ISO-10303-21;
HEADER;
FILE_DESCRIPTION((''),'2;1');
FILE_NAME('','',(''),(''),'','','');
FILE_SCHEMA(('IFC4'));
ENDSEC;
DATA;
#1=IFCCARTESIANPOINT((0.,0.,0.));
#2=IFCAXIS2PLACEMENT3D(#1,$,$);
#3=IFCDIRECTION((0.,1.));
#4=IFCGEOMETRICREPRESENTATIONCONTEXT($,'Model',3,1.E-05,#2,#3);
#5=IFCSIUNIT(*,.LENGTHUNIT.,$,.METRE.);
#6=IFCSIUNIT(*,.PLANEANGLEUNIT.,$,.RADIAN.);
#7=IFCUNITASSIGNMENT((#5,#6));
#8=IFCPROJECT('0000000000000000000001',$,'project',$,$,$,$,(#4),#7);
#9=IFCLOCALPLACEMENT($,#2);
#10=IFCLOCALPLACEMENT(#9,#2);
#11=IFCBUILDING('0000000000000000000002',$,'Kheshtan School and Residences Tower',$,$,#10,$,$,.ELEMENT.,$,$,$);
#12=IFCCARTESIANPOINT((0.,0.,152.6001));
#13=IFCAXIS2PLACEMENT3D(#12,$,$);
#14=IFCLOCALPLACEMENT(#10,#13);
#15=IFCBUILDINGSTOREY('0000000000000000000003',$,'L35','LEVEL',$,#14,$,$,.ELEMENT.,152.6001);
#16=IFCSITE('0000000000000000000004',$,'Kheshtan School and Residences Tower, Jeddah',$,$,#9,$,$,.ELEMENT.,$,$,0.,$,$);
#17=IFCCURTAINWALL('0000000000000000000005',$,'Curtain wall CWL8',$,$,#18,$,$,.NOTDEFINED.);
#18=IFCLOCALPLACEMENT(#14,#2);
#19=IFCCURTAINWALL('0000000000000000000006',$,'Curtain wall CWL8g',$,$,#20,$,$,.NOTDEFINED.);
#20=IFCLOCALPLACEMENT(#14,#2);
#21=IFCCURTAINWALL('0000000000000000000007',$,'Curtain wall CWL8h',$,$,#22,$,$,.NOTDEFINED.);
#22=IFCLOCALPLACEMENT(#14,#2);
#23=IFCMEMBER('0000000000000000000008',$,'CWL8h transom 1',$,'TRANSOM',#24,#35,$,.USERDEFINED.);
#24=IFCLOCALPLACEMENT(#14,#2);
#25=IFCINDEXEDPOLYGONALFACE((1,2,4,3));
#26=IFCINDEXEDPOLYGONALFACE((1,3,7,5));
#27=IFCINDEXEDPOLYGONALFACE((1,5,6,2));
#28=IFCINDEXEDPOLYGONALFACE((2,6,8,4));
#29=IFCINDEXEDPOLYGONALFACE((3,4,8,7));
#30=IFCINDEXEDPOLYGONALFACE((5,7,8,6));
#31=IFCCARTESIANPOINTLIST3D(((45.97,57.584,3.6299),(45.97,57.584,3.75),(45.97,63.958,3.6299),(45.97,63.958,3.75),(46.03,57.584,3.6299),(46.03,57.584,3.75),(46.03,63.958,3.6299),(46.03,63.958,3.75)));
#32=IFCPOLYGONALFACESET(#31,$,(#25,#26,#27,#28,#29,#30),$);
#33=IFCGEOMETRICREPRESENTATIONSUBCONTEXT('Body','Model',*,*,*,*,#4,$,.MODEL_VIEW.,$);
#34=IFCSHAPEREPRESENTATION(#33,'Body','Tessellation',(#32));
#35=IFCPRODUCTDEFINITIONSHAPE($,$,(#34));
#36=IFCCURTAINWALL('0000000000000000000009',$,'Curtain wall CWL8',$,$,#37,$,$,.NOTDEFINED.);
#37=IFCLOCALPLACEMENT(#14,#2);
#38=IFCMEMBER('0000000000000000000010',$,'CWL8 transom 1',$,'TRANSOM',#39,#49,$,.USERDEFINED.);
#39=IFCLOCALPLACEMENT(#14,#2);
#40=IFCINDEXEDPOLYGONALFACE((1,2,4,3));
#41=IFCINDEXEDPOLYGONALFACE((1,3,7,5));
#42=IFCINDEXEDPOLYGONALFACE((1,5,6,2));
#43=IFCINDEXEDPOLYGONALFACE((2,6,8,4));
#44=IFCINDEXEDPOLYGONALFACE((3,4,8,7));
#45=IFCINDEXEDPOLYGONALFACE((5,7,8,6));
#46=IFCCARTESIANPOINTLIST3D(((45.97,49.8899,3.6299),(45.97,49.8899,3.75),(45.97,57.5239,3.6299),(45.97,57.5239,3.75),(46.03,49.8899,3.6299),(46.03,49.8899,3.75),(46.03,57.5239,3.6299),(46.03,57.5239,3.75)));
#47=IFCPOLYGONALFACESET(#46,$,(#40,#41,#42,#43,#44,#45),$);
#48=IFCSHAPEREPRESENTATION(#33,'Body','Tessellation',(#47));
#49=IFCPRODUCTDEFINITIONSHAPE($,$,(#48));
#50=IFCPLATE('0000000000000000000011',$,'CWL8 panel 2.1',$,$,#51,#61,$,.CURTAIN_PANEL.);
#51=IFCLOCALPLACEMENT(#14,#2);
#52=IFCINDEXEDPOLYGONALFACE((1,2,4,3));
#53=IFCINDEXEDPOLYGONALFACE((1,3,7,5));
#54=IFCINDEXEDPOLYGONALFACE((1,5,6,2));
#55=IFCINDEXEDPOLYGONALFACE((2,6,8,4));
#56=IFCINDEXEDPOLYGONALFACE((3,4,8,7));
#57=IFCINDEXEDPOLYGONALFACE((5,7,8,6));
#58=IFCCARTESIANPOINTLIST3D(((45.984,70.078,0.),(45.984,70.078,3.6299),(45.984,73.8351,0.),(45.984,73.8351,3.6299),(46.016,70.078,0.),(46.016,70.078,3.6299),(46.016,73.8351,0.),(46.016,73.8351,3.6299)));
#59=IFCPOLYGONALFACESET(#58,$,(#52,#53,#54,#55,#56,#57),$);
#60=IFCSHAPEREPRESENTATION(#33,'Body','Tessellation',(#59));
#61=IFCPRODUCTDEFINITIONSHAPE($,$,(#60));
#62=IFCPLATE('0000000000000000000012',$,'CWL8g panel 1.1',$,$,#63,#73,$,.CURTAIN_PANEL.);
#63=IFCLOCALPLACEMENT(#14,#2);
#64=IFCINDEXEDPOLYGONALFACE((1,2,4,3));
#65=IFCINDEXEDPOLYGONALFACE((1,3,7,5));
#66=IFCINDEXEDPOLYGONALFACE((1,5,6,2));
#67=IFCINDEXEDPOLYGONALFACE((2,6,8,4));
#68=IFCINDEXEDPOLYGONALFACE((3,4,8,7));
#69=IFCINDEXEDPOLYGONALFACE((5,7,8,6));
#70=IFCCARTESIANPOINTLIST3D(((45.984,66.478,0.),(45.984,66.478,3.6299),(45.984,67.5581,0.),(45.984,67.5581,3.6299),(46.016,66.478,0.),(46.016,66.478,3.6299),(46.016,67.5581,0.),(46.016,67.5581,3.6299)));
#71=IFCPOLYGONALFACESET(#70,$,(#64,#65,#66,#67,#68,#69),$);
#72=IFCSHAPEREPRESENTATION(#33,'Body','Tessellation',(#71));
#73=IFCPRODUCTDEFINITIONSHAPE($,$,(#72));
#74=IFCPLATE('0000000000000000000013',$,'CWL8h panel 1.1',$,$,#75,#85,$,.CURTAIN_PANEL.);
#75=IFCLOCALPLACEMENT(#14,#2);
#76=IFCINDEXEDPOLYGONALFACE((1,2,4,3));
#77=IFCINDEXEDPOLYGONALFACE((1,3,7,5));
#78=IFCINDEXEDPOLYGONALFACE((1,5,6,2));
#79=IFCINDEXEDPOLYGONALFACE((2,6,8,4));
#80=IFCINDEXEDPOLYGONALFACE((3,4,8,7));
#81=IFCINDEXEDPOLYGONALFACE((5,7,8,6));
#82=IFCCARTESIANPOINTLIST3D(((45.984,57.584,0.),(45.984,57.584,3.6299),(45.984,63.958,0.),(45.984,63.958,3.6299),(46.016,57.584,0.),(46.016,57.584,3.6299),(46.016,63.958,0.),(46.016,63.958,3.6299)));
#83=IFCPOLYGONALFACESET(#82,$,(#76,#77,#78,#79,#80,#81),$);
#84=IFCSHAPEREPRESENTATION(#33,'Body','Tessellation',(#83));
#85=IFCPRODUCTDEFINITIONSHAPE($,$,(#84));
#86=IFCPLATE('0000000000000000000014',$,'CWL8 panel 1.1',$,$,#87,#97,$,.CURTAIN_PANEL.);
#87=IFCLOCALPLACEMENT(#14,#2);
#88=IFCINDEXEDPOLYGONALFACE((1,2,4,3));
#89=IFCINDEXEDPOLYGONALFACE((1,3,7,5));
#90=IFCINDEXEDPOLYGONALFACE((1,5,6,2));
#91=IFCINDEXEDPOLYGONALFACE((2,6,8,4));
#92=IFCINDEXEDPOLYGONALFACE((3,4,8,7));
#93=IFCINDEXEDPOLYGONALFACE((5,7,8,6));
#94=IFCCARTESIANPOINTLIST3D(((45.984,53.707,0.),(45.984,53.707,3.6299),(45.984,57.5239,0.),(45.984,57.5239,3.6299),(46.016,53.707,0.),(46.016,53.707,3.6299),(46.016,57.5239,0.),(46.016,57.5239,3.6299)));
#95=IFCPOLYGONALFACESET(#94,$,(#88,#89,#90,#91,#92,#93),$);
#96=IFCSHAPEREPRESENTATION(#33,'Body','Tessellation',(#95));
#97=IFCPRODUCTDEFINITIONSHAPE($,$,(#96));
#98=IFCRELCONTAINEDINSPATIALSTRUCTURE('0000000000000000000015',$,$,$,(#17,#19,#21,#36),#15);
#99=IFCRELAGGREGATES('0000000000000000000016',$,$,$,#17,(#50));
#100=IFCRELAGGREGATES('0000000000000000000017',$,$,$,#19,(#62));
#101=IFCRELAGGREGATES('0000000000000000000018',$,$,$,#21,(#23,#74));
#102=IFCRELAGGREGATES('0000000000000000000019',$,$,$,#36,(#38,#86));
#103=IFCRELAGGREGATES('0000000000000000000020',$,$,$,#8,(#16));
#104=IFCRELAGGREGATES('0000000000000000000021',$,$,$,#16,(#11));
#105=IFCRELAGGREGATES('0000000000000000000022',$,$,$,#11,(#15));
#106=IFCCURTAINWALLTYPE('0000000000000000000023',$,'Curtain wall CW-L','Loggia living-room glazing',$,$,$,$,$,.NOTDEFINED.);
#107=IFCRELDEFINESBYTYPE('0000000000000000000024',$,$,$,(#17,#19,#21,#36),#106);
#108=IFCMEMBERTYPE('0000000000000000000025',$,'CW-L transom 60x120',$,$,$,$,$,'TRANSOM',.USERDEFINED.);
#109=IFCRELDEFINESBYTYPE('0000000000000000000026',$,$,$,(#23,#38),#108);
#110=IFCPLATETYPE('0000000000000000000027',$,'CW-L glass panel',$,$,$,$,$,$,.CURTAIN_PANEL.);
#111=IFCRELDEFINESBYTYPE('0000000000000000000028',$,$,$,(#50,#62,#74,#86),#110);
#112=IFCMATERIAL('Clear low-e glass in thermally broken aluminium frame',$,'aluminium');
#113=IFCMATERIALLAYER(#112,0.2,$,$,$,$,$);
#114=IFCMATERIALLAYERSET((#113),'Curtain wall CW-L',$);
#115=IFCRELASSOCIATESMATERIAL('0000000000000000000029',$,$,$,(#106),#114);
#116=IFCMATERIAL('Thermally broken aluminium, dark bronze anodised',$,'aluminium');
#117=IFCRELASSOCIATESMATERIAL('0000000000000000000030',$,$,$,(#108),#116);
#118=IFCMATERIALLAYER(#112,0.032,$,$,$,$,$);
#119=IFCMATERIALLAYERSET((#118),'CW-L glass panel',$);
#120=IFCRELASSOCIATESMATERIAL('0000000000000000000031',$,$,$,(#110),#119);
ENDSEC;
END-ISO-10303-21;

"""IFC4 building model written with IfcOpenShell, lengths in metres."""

from ifc_helpers import new_model, si_unit, direction, frame, origin, origin_2d, place, context, subcontext, project, spatial, rectangle, extrude, material, layer, layer_set, material_profile, profile_set, type_object, element, aggregate, save


model = new_model("IFC4")

# Units and contexts
model_context = context("Model", 3, precision=1e-05, world=origin(), true_north=direction((0.0, 1.0)))
body_context = subcontext(model_context, "Body", "Model", "MODEL_VIEW")
ifc_project = project(units=[si_unit("LENGTHUNIT", "METRE"), si_unit("PLANEANGLEUNIT", "RADIAN")], contexts=[model_context])

# Site, building, storey
site_placement = place(None, origin())
site = spatial("IfcSite", under=ifc_project, at=site_placement, Name="Kheshtan School and Residences Tower, Jeddah", CompositionType="ELEMENT", RefElevation=0.0)
building_placement = place(site_placement, origin())
building = spatial("IfcBuilding", under=site, at=building_placement, Name="Kheshtan School and Residences Tower", CompositionType="ELEMENT")
storey_placement = place(building_placement, frame((0.0, 0.0, 152.6001)))
storey = spatial("IfcBuildingStorey", under=building, at=storey_placement, Name="L35", Description="LEVEL", CompositionType="ELEMENT", Elevation=152.6001)

# Curtain walls
ifc_material_1 = material(Name="Clear low-e glass in thermally broken aluminium frame", Category="aluminium")
ifc_layer_1 = layer(ifc_material_1, 0.2)
ifc_layer_set_1 = layer_set([ifc_layer_1], Name="Curtain wall CW-L")
curtain_wall_type = type_object("IfcCurtainWallType", Name="Curtain wall CW-L", Description="Loggia living-room glazing", PredefinedType="NOTDEFINED", material=ifc_layer_set_1)
curtain_wall_1_placement = place(storey_placement, origin())
curtain_wall_1 = element("IfcCurtainWall", 1, at=curtain_wall_1_placement, inside=storey, type_object=curtain_wall_type, Name="Curtain wall CWL8", PredefinedType="NOTDEFINED")
ifc_material_2 = material(Name="Thermally broken aluminium, dark bronze anodised", Category="aluminium")
curtain_wall_2_placement = place(storey_placement, origin())
curtain_wall_2 = element("IfcCurtainWall", 2, at=curtain_wall_2_placement, inside=storey, type_object=curtain_wall_type, Name="Curtain wall CWL8g", PredefinedType="NOTDEFINED")
curtain_wall_3_placement = place(storey_placement, origin())
curtain_wall_3 = element("IfcCurtainWall", 3, at=curtain_wall_3_placement, inside=storey, type_object=curtain_wall_type, Name="Curtain wall CWL8h", PredefinedType="NOTDEFINED")

# Member
ifc_material_profile_1 = material_profile(ifc_material_2, rectangle(XDim=0.0601, YDim=0.1201, at=origin_2d()), Name="CW-L transom 60x120")
ifc_profile_set_1 = profile_set([ifc_material_profile_1], Name="Thermally broken aluminium, dark bronze anodised")
member_type_1 = type_object("IfcMemberType", Name="CW-L transom 60x120", ElementType="TRANSOM", PredefinedType="USERDEFINED", material=ifc_profile_set_1)
member_1_placement = place(storey_placement, frame((46.0, 63.958, 3.6899), z_axis=(0.0, -1.0, 0.0), x_axis=(1.0, 0.0, 0.0)))
member_1 = element("IfcMember", 4, at=member_1_placement, type_object=member_type_1, Name="CWL8h transom 1", ObjectType="TRANSOM", PredefinedType="USERDEFINED", context=body_context, shape_type="SweptSolid", body=[
    extrude(rectangle(XDim=0.0601, YDim=0.1201, at=origin_2d()), origin(), (0.0, 0.0, 1.0), 6.374),
])

# Curtain wall, member
curtain_wall_4_placement = place(storey_placement, origin())
curtain_wall_4 = element("IfcCurtainWall", 5, at=curtain_wall_4_placement, inside=storey, type_object=curtain_wall_type, Name="Curtain wall CWL8", PredefinedType="NOTDEFINED")
member_2_placement = place(storey_placement, frame((46.0, 57.5239, 3.6899), z_axis=(0.0, -1.0, 0.0), x_axis=(1.0, 0.0, 0.0)))
member_2 = element("IfcMember", 6, at=member_2_placement, type_object=member_type_1, Name="CWL8 transom 1", ObjectType="TRANSOM", PredefinedType="USERDEFINED", context=body_context, shape_type="SweptSolid", body=[
    extrude(rectangle(XDim=0.0601, YDim=0.1201, at=origin_2d()), origin(), (0.0, 0.0, 1.0), 7.634),
])

# Plates
ifc_layer_2 = layer(ifc_material_1, 0.032)
ifc_layer_set_2 = layer_set([ifc_layer_2], Name="CW-L glass panel")
plate_type = type_object("IfcPlateType", Name="CW-L glass panel", PredefinedType="CURTAIN_PANEL", material=ifc_layer_set_2)
plate_1_placement = place(storey_placement, frame((46.0, 71.9565, 0.0), z_axis=(0.0, 0.0, 1.0), x_axis=(0.0, -1.0, 0.0)))
plate_1 = element("IfcPlate", 7, at=plate_1_placement, type_object=plate_type, Name="CWL8 panel 2.1", PredefinedType="CURTAIN_PANEL", context=body_context, shape_type="SweptSolid", body=[
    extrude(rectangle(XDim=3.7571, YDim=0.032, at=origin_2d()), origin(), (0.0, 0.0, 1.0), 3.6299),
])
aggregate(curtain_wall_1, [plate_1])
plate_2_placement = place(storey_placement, frame((46.0, 67.0181, 0.0), z_axis=(0.0, 0.0, 1.0), x_axis=(0.0, -1.0, 0.0)))
plate_2 = element("IfcPlate", 8, at=plate_2_placement, type_object=plate_type, Name="CWL8g panel 1.1", PredefinedType="CURTAIN_PANEL", context=body_context, shape_type="SweptSolid", body=[
    extrude(rectangle(XDim=1.0801, YDim=0.032, at=origin_2d()), origin(), (0.0, 0.0, 1.0), 3.6299),
])
aggregate(curtain_wall_2, [plate_2])
plate_3_placement = place(storey_placement, frame((46.0, 60.771, 0.0), z_axis=(0.0, 0.0, 1.0), x_axis=(0.0, -1.0, 0.0)))
plate_3 = element("IfcPlate", 9, at=plate_3_placement, type_object=plate_type, Name="CWL8h panel 1.1", PredefinedType="CURTAIN_PANEL", context=body_context, shape_type="SweptSolid", body=[
    extrude(rectangle(XDim=6.374, YDim=0.032, at=origin_2d()), origin(), (0.0, 0.0, 1.0), 3.6299),
])
aggregate(curtain_wall_3, [member_1, plate_3])
plate_4_placement = place(storey_placement, frame((46.0, 55.6155, 0.0), z_axis=(0.0, 0.0, 1.0), x_axis=(0.0, -1.0, 0.0)))
plate_4 = element("IfcPlate", 10, at=plate_4_placement, type_object=plate_type, Name="CWL8 panel 1.1", PredefinedType="CURTAIN_PANEL", context=body_context, shape_type="SweptSolid", body=[
    extrude(rectangle(XDim=3.8169, YDim=0.032, at=origin_2d()), origin(), (0.0, 0.0, 1.0), 3.6299),
])
aggregate(curtain_wall_4, [member_2, plate_4])

save(model, "model.ifc")
